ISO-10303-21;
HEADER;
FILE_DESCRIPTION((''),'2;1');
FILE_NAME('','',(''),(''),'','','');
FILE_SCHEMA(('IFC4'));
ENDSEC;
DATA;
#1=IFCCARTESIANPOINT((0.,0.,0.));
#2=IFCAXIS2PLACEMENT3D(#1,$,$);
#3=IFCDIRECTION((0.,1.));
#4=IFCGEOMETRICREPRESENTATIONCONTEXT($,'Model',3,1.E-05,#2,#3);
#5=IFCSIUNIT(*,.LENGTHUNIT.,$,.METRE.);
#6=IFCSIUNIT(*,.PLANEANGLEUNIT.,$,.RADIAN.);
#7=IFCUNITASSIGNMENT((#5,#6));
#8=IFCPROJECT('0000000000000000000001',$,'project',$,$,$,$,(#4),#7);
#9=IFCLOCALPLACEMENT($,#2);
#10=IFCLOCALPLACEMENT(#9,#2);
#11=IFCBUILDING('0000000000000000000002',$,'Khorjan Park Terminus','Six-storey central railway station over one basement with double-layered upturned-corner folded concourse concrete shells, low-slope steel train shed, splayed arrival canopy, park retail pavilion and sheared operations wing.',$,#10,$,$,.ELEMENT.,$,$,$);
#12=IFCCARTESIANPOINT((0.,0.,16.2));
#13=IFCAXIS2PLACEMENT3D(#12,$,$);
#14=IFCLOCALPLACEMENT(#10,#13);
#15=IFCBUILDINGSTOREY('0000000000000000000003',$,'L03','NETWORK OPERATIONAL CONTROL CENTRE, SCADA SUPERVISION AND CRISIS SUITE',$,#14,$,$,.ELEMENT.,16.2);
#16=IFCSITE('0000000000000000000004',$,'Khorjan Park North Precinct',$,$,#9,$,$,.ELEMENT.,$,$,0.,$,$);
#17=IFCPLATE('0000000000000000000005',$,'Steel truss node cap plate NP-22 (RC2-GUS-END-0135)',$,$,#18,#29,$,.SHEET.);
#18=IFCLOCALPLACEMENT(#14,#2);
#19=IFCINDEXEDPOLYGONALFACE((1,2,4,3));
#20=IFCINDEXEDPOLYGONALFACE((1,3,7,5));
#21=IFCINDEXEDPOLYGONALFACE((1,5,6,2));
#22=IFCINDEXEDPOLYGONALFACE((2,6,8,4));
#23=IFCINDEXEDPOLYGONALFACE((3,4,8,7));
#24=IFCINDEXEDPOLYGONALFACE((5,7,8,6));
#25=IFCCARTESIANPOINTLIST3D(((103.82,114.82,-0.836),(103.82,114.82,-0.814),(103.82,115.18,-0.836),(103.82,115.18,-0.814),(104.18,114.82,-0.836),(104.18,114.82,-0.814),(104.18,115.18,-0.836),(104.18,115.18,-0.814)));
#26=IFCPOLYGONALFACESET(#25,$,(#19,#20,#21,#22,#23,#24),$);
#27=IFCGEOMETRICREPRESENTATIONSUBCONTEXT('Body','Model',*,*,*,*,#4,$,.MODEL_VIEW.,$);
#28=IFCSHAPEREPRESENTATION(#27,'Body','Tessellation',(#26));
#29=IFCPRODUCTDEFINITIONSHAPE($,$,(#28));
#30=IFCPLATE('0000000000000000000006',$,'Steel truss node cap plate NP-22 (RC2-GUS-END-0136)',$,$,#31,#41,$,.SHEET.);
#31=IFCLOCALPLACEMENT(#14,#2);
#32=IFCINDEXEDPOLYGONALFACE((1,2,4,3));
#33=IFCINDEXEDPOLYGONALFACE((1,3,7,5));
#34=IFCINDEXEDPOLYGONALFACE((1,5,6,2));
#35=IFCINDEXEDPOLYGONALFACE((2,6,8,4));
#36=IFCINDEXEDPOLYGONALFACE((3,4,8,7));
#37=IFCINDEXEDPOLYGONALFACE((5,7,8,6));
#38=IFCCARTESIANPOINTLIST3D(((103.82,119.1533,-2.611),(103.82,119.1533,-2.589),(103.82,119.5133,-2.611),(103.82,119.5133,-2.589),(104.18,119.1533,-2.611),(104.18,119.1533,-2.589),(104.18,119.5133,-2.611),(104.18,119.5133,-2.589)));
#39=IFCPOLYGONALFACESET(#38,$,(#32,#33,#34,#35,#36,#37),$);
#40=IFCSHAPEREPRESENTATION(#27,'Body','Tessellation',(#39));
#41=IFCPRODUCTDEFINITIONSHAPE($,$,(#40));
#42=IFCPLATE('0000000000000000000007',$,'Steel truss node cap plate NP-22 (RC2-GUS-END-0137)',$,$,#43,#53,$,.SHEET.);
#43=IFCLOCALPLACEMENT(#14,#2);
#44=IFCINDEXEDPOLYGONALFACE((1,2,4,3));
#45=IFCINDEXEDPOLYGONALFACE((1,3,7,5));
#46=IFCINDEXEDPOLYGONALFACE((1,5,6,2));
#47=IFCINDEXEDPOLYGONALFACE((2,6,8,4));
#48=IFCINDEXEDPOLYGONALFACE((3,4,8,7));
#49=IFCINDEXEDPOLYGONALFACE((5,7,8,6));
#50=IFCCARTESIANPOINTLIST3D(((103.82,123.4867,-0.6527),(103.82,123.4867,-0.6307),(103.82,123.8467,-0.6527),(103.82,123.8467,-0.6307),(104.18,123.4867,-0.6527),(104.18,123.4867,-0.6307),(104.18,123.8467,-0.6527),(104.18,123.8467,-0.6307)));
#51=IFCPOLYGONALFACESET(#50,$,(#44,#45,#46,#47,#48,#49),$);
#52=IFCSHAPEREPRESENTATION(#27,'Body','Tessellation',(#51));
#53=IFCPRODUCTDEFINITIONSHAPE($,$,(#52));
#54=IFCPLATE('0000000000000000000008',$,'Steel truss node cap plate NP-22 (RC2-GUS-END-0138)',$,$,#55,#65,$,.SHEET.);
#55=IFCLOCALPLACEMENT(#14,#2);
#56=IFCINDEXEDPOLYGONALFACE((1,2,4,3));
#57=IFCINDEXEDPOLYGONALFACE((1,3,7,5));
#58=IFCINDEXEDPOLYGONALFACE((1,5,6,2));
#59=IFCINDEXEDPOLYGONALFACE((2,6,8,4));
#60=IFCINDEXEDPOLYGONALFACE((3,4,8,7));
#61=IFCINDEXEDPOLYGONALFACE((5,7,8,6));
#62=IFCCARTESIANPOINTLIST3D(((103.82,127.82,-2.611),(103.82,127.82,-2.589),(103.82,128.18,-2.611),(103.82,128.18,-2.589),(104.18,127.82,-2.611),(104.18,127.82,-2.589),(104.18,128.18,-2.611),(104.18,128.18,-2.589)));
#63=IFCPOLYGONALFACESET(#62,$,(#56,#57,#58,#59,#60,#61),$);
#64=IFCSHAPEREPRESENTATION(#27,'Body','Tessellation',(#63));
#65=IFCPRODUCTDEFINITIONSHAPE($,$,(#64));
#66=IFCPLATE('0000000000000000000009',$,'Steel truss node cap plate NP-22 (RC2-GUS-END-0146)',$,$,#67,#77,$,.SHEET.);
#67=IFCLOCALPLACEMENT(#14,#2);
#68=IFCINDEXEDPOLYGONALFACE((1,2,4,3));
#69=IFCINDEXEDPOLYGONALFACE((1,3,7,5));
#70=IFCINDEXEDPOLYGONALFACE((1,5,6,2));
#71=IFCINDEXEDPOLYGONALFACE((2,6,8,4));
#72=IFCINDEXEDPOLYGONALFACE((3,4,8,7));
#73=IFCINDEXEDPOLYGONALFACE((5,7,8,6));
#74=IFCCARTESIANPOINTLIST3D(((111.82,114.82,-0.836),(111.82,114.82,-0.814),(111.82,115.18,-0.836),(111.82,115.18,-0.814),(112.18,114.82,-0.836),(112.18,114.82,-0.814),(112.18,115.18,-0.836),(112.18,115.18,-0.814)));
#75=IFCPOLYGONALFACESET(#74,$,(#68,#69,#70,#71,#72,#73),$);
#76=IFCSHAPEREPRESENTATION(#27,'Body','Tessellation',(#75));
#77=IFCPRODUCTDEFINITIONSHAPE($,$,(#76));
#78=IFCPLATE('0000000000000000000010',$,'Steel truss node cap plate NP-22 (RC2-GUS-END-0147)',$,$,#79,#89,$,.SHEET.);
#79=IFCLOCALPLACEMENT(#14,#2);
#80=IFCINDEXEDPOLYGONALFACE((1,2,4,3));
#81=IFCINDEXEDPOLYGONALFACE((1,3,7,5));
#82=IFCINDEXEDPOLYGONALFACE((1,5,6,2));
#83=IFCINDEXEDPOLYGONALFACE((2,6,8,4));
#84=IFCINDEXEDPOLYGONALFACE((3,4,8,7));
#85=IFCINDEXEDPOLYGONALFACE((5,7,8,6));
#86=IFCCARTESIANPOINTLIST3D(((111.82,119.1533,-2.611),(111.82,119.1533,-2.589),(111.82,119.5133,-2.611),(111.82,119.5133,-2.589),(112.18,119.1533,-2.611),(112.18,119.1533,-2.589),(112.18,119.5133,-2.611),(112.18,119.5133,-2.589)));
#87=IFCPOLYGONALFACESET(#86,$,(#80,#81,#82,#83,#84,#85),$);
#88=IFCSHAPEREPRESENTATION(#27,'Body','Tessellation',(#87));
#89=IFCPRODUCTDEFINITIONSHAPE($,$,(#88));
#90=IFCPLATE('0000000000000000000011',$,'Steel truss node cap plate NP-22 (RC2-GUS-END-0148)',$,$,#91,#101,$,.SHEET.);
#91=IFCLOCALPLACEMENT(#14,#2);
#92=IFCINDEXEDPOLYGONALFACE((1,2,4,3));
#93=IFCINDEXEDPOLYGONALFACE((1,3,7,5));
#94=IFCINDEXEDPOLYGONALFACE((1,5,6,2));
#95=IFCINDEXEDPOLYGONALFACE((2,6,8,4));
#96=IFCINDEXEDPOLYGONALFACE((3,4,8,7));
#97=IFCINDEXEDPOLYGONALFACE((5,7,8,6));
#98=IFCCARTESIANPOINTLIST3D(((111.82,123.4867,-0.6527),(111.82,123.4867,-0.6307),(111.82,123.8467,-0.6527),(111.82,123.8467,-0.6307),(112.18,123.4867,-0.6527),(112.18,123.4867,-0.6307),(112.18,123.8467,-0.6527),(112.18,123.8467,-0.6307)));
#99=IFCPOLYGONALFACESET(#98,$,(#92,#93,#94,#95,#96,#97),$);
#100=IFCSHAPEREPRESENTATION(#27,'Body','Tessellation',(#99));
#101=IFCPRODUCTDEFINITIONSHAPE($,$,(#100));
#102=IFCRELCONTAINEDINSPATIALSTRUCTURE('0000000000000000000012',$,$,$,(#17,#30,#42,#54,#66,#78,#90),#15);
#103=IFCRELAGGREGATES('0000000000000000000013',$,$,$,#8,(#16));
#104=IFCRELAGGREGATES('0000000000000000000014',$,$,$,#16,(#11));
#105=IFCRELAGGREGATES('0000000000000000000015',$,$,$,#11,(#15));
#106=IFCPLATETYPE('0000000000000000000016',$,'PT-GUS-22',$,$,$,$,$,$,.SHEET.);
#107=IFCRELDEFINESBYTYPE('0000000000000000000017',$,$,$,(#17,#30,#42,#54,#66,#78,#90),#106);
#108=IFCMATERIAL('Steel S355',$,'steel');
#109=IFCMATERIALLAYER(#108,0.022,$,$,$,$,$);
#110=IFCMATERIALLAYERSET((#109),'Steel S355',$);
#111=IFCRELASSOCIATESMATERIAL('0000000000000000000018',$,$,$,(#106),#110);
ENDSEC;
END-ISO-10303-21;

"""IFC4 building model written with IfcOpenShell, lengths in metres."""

from ifc_helpers import new_model, si_unit, direction, frame, origin, origin_2d, place, context, subcontext, project, spatial, rectangle, extrude, material, layer, layer_set, type_object, element, save


model = new_model("IFC4")

# Units and contexts
model_context = context("Model", 3, precision=1e-05, world=origin(), true_north=direction((0.0, 1.0)))
body_context = subcontext(model_context, "Body", "Model", "MODEL_VIEW")
ifc_project = project(units=[si_unit("LENGTHUNIT", "METRE"), si_unit("PLANEANGLEUNIT", "RADIAN")], contexts=[model_context])

# Site, building, storey
site_placement = place(None, origin())
site = spatial("IfcSite", under=ifc_project, at=site_placement, Name="Khorjan Park North Precinct", CompositionType="ELEMENT", RefElevation=0.0)
building_placement = place(site_placement, origin())
building = spatial("IfcBuilding", under=site, at=building_placement, Name="Khorjan Park Terminus", Description="Six-storey central railway station over one basement with double-layered upturned-corner folded concourse concrete shells, low-slope steel train shed, splayed arrival canopy, park retail pavilion and sheared operations wing.", CompositionType="ELEMENT")
storey_placement = place(building_placement, frame((0.0, 0.0, 16.2)))
storey = spatial("IfcBuildingStorey", under=building, at=storey_placement, Name="L03", Description="NETWORK OPERATIONAL CONTROL CENTRE, SCADA SUPERVISION AND CRISIS SUITE", CompositionType="ELEMENT", Elevation=16.2)

# Shared definitions
ifc_material = material(Name="Steel S355", Category="steel")

# Plates
ifc_layer = layer(ifc_material, 0.022)
ifc_layer_set = layer_set([ifc_layer], Name="Steel S355")
plate_type = type_object("IfcPlateType", Name="PT-GUS-22", PredefinedType="SHEET", material=ifc_layer_set)
for number, where, z_axis, x_axis, name in (
    (1, (104.0, 115.0, -0.836), (0.0, 0.0, 1.0), (1.0, 0.0, 0.0), "Steel truss node cap plate NP-22 (RC2-GUS-END-0135)"),
    (2, (104.0, 119.3333, -2.611), (0.0, 0.0, 1.0), (1.0, 0.0, 0.0), "Steel truss node cap plate NP-22 (RC2-GUS-END-0136)"),
    (3, (104.0, 123.6667, -0.6527), (0.0, 0.0, 1.0), (1.0, 0.0, 0.0), "Steel truss node cap plate NP-22 (RC2-GUS-END-0137)"),
    (4, (104.0, 128.0, -2.611), (0.0, 0.0, 1.0), (1.0, 0.0, 0.0), "Steel truss node cap plate NP-22 (RC2-GUS-END-0138)"),
    (5, (112.0, 115.0, -0.836), (0.0, 0.0, 1.0), (1.0, 0.0, 0.0), "Steel truss node cap plate NP-22 (RC2-GUS-END-0146)"),
    (6, (112.0, 119.3333, -2.611), (0.0, 0.0, 1.0), (1.0, 0.0, 0.0), "Steel truss node cap plate NP-22 (RC2-GUS-END-0147)"),
    (7, (112.0, 123.6667, -0.6527), (0.0, 0.0, 1.0), (1.0, 0.0, 0.0), "Steel truss node cap plate NP-22 (RC2-GUS-END-0148)"),
):
    element("IfcPlate", number, at=place(storey_placement, frame(where, z_axis=z_axis, x_axis=x_axis)), inside=storey, type_object=plate_type, Name=name, PredefinedType="SHEET", context=body_context, shape_type="SweptSolid", body=[
        extrude(rectangle(XDim=0.36, YDim=0.36, at=origin_2d()), origin(), (0.0, 0.0, 1.0), 0.022),
    ])

save(model, "model.ifc")
